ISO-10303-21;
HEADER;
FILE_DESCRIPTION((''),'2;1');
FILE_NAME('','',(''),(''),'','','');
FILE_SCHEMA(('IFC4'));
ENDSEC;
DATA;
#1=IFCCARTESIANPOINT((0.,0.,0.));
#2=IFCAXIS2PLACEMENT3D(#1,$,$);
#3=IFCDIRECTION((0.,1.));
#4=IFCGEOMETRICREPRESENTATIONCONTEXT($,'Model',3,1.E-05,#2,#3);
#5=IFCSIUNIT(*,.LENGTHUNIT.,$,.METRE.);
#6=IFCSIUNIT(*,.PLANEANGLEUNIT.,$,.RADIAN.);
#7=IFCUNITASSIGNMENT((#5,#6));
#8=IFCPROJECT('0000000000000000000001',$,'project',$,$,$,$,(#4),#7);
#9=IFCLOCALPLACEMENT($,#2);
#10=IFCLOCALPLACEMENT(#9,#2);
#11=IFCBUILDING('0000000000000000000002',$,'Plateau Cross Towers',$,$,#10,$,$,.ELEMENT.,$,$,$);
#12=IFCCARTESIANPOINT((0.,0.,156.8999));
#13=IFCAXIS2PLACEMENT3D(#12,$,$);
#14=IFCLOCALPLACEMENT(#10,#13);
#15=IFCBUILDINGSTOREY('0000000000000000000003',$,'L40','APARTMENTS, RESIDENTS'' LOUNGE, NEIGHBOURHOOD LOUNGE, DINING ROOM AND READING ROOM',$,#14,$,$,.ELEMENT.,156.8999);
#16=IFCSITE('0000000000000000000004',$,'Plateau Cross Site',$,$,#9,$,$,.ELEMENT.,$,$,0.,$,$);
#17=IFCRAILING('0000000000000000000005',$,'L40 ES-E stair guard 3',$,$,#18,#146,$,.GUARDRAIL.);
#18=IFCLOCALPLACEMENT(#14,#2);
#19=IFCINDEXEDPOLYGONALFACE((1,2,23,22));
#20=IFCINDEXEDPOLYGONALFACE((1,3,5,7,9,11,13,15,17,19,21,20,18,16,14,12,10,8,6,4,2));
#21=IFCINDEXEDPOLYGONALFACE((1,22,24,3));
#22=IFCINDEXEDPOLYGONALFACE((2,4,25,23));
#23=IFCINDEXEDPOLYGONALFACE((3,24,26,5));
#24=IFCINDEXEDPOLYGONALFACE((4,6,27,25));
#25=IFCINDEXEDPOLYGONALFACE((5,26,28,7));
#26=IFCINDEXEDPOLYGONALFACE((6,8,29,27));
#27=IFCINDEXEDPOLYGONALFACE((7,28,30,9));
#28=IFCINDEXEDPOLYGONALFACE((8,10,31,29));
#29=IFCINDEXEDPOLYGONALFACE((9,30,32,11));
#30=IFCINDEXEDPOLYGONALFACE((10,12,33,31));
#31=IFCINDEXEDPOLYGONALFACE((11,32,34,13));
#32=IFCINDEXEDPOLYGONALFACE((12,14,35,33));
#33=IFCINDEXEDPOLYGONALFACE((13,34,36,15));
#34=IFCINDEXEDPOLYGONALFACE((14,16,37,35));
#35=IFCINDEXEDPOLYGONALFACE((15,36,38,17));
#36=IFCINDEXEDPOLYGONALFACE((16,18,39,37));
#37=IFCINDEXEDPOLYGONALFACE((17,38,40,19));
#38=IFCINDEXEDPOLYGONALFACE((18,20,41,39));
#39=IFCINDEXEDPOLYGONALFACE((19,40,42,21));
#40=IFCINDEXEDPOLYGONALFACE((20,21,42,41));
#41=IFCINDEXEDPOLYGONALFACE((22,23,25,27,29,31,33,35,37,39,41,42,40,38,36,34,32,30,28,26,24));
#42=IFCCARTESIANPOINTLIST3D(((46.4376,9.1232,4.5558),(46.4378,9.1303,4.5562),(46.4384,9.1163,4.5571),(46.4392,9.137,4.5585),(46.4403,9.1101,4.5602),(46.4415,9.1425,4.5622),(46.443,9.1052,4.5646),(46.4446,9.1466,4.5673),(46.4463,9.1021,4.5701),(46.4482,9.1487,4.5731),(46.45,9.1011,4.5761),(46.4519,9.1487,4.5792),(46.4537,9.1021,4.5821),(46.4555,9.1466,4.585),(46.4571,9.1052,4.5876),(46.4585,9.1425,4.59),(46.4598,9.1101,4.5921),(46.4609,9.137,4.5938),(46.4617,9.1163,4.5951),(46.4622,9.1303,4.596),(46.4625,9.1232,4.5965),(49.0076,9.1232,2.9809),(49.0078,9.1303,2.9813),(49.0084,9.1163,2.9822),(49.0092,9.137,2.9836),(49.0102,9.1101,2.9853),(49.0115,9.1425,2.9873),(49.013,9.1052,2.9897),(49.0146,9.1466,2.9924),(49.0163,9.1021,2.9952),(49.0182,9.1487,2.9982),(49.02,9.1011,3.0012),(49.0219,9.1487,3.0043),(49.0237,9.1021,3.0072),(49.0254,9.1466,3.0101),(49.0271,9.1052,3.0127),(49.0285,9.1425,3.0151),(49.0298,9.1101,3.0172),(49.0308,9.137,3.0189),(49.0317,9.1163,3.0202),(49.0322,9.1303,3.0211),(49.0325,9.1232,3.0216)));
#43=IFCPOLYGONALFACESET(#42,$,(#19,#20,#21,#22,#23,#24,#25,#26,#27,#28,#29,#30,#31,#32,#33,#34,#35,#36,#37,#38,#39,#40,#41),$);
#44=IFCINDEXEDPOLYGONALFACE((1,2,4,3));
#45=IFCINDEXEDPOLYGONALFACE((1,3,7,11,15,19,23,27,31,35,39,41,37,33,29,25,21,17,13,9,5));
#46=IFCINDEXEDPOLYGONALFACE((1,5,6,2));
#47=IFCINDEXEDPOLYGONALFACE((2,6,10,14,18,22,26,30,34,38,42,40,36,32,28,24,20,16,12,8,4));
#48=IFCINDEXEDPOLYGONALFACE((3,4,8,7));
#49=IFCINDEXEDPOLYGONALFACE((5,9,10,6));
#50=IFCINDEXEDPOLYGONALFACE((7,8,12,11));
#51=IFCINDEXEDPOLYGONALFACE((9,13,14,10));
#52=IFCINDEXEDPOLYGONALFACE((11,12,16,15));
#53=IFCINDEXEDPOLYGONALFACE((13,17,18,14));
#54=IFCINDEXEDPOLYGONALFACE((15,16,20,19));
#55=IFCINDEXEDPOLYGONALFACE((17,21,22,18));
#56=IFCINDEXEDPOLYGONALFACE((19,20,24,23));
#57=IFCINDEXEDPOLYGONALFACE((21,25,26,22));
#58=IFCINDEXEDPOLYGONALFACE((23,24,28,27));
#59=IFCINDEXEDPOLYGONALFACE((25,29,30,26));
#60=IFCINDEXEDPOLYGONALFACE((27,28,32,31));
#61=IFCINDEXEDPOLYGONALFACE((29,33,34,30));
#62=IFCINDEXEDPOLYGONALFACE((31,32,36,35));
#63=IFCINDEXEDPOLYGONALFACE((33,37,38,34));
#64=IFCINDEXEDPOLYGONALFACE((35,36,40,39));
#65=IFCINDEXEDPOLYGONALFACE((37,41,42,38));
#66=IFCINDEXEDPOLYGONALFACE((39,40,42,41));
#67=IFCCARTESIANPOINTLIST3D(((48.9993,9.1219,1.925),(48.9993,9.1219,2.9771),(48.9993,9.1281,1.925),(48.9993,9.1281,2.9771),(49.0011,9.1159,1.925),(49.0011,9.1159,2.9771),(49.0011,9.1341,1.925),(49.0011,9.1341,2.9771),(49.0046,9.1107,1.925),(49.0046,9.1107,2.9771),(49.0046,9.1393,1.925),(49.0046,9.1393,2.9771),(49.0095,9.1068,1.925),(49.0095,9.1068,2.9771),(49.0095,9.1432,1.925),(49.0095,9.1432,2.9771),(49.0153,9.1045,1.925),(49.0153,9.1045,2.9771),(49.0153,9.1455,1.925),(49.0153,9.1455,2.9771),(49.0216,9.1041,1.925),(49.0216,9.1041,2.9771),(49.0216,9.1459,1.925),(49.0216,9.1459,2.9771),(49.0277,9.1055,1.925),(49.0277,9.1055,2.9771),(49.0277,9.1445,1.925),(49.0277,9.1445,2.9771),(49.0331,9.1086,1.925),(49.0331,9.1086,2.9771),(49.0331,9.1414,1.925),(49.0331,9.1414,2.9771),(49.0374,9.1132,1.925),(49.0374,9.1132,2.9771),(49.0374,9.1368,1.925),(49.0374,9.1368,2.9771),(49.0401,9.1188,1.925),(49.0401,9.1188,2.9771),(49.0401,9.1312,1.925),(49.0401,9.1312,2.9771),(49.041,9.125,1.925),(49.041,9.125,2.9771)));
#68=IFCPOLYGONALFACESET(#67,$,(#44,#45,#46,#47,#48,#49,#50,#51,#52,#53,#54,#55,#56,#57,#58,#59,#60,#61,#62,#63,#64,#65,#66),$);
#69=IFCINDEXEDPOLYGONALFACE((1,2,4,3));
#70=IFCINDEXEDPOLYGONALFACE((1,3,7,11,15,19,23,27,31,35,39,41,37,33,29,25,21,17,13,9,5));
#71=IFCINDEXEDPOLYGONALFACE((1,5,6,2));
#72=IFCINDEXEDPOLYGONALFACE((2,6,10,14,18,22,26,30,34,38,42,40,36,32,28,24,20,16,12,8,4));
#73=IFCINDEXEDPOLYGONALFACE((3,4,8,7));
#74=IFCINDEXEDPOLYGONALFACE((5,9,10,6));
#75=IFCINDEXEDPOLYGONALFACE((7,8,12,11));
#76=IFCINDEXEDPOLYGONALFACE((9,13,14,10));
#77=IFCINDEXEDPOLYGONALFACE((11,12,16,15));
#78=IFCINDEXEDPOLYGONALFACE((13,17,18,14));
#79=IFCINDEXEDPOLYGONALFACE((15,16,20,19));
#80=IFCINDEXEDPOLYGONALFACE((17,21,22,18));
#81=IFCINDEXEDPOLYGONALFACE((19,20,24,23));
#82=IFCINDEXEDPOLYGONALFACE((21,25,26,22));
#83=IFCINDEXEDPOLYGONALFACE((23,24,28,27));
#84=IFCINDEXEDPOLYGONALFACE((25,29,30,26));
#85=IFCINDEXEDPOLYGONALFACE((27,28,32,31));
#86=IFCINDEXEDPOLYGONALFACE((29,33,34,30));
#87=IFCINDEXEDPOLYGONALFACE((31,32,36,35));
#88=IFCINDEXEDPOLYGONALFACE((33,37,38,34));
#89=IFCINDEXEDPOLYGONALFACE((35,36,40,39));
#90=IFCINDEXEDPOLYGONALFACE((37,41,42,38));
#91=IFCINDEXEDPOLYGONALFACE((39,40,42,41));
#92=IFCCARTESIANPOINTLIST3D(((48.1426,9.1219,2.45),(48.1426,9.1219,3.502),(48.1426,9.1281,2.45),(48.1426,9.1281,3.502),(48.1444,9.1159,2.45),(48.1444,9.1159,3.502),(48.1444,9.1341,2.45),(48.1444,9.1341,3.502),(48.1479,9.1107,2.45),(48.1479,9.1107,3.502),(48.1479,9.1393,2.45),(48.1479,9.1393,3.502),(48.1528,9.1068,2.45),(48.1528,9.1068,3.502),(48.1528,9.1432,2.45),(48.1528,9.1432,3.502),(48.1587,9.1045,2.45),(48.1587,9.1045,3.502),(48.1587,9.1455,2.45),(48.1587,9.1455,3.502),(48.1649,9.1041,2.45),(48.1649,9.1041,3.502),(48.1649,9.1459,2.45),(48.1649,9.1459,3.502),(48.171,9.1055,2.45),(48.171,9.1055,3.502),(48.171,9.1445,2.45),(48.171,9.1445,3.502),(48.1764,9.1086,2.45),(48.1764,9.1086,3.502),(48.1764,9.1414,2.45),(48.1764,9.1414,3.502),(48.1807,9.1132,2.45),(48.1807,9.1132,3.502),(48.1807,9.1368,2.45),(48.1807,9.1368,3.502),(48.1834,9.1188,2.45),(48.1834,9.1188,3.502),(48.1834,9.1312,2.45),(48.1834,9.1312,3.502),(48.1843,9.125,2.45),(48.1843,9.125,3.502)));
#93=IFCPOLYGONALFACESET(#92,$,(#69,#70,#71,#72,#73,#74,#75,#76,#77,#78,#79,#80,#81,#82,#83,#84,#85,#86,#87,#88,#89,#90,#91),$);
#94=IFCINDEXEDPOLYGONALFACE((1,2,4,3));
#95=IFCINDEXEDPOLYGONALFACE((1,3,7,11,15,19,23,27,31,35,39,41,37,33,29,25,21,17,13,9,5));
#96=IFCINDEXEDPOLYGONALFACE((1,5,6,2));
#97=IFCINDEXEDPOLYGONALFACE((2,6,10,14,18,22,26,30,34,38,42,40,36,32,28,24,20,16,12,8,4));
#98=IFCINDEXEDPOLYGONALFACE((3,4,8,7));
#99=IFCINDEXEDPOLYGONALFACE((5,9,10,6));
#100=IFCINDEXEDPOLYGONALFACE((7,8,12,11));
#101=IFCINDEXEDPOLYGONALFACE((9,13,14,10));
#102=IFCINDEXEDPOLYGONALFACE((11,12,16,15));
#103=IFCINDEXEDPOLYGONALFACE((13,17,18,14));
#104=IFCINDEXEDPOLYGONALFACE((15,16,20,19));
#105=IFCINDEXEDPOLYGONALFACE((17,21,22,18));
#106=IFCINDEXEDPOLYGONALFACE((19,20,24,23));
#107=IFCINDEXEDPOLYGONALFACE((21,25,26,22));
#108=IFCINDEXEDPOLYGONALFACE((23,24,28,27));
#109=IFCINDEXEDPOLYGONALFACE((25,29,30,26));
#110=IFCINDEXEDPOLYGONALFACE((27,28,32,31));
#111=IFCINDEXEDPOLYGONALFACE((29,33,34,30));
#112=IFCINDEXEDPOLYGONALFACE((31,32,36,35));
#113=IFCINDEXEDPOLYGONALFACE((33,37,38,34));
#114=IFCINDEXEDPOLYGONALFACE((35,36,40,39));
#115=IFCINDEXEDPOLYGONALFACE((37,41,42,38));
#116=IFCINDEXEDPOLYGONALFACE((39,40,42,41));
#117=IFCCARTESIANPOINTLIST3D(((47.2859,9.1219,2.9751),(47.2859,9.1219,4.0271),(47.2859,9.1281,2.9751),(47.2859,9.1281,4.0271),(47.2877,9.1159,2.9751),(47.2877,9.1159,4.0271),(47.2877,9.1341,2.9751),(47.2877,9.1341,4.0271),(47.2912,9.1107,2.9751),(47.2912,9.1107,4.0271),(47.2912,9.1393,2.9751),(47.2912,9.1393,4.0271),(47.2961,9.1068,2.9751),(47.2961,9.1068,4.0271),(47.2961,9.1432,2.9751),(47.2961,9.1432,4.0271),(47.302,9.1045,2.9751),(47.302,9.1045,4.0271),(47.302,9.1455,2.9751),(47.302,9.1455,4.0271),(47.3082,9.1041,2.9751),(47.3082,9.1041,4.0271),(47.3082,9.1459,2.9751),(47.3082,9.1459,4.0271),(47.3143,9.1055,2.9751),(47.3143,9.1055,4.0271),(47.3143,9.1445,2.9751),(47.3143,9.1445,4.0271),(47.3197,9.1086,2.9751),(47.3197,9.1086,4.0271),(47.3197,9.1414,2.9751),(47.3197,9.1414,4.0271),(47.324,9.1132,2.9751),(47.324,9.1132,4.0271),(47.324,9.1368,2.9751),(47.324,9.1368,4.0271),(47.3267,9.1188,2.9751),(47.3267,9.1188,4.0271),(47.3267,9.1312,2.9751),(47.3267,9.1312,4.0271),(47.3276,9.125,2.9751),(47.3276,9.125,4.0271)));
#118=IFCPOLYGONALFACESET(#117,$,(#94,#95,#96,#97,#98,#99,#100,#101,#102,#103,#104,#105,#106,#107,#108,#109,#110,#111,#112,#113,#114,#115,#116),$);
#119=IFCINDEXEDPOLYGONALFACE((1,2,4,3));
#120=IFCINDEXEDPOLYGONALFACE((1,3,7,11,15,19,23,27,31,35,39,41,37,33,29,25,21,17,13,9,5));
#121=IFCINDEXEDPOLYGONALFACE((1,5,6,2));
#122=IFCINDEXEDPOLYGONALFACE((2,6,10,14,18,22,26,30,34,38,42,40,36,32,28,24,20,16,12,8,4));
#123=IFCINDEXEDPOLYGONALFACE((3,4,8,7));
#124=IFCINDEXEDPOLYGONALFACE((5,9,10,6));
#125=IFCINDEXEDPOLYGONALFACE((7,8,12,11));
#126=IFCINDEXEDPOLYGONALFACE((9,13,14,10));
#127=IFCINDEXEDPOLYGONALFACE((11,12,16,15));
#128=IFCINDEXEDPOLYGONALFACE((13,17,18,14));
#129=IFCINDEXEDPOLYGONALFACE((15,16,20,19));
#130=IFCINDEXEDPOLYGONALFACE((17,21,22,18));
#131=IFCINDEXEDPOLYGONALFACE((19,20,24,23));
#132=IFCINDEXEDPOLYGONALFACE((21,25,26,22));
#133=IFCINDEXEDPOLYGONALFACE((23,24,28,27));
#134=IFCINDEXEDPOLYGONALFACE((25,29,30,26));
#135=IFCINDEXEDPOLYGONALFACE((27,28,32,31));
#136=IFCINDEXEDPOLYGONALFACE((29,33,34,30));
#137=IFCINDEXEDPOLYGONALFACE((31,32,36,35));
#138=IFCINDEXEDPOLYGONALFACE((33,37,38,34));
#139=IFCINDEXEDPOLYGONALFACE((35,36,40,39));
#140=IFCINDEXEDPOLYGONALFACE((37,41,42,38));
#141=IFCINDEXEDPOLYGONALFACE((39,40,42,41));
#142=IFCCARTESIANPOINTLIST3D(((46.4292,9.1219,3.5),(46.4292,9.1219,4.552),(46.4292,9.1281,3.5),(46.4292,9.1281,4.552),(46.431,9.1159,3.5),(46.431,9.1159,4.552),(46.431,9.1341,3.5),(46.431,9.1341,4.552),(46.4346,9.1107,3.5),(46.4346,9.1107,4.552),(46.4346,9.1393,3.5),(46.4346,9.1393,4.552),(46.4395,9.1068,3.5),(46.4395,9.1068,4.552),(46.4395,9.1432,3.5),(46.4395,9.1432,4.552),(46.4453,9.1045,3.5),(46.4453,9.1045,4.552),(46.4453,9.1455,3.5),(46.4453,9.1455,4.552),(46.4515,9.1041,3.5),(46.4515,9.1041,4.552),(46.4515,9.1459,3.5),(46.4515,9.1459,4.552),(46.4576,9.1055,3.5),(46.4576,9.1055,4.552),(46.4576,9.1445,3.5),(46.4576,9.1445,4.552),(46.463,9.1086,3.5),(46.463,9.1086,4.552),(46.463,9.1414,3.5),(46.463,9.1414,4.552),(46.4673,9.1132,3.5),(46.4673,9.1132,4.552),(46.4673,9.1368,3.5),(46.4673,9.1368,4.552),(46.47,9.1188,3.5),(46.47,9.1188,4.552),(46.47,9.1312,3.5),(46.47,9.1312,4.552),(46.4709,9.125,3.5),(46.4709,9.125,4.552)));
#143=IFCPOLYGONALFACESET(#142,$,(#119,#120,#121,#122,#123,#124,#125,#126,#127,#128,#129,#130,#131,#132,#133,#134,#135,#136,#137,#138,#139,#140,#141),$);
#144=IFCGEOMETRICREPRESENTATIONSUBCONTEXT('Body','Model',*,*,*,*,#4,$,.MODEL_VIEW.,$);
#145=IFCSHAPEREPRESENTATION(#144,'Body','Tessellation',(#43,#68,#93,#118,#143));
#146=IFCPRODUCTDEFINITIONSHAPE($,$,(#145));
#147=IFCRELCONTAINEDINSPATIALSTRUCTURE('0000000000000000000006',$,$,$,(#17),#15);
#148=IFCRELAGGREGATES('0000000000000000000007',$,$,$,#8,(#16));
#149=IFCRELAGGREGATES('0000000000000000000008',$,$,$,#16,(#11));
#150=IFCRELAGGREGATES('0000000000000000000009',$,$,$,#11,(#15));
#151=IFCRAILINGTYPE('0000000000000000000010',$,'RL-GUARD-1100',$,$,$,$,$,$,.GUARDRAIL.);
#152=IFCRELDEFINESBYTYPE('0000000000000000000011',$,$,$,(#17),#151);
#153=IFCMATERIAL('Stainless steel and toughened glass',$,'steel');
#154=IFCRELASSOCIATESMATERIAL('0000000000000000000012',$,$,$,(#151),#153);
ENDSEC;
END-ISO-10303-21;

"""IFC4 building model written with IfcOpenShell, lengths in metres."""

from ifc_helpers import new_model, si_unit, direction, frame, origin, origin_2d, place, context, subcontext, project, spatial, circle, extrude, material, type_object, element, save


model = new_model("IFC4")

# Units and contexts
model_context = context("Model", 3, precision=1e-05, world=origin(), true_north=direction((0.0, 1.0)))
body_context = subcontext(model_context, "Body", "Model", "MODEL_VIEW")
ifc_project = project(units=[si_unit("LENGTHUNIT", "METRE"), si_unit("PLANEANGLEUNIT", "RADIAN")], contexts=[model_context])

# Site, building, storey
site_placement = place(None, origin())
site = spatial("IfcSite", under=ifc_project, at=site_placement, Name="Plateau Cross Site", CompositionType="ELEMENT", RefElevation=0.0)
building_placement = place(site_placement, origin())
building = spatial("IfcBuilding", under=site, at=building_placement, Name="Plateau Cross Towers", CompositionType="ELEMENT")
storey_placement = place(building_placement, frame((0.0, 0.0, 156.8999)))
storey = spatial("IfcBuildingStorey", under=building, at=storey_placement, Name="L40", Description="APARTMENTS, RESIDENTS' LOUNGE, NEIGHBOURHOOD LOUNGE, DINING ROOM AND READING ROOM", CompositionType="ELEMENT", Elevation=156.8999)

# Railing
ifc_material_1 = material(Name="Stainless steel and toughened glass", Category="steel")
railing_type_1 = type_object("IfcRailingType", Name="RL-GUARD-1100", PredefinedType="GUARDRAIL", material=ifc_material_1)
railing_1_placement = place(storey_placement, frame((49.02, 9.125, 1.925)))
element("IfcRailing", 1, at=railing_1_placement, inside=storey, type_object=railing_type_1, Name="L40 ES-E stair guard 3", PredefinedType="GUARDRAIL", context=body_context, shape_type="SweptSolid", body=[
    extrude(circle(Radius=0.0239, at=origin_2d()), frame((0.0, 0.0, 1.0762), z_axis=(-0.852639, 0.0, 0.522501), x_axis=(0.0, -1.0, 0.0)), (0.0, 0.0, 1.0), 3.0142),
    extrude(circle(Radius=0.021, at=origin_2d()), origin(), (0.0, 0.0, 1.0), 1.052),
    extrude(circle(Radius=0.021, at=origin_2d()), frame((-0.8567, 0.0, 0.5249)), (0.0, 0.0, 1.0), 1.052),
    extrude(circle(Radius=0.021, at=origin_2d()), frame((-1.7134, 0.0, 1.05)), (0.0, 0.0, 1.0), 1.052),
    extrude(circle(Radius=0.021, at=origin_2d()), frame((-2.5701, 0.0, 1.575)), (0.0, 0.0, 1.0), 1.052),
])

save(model, "model.ifc")
